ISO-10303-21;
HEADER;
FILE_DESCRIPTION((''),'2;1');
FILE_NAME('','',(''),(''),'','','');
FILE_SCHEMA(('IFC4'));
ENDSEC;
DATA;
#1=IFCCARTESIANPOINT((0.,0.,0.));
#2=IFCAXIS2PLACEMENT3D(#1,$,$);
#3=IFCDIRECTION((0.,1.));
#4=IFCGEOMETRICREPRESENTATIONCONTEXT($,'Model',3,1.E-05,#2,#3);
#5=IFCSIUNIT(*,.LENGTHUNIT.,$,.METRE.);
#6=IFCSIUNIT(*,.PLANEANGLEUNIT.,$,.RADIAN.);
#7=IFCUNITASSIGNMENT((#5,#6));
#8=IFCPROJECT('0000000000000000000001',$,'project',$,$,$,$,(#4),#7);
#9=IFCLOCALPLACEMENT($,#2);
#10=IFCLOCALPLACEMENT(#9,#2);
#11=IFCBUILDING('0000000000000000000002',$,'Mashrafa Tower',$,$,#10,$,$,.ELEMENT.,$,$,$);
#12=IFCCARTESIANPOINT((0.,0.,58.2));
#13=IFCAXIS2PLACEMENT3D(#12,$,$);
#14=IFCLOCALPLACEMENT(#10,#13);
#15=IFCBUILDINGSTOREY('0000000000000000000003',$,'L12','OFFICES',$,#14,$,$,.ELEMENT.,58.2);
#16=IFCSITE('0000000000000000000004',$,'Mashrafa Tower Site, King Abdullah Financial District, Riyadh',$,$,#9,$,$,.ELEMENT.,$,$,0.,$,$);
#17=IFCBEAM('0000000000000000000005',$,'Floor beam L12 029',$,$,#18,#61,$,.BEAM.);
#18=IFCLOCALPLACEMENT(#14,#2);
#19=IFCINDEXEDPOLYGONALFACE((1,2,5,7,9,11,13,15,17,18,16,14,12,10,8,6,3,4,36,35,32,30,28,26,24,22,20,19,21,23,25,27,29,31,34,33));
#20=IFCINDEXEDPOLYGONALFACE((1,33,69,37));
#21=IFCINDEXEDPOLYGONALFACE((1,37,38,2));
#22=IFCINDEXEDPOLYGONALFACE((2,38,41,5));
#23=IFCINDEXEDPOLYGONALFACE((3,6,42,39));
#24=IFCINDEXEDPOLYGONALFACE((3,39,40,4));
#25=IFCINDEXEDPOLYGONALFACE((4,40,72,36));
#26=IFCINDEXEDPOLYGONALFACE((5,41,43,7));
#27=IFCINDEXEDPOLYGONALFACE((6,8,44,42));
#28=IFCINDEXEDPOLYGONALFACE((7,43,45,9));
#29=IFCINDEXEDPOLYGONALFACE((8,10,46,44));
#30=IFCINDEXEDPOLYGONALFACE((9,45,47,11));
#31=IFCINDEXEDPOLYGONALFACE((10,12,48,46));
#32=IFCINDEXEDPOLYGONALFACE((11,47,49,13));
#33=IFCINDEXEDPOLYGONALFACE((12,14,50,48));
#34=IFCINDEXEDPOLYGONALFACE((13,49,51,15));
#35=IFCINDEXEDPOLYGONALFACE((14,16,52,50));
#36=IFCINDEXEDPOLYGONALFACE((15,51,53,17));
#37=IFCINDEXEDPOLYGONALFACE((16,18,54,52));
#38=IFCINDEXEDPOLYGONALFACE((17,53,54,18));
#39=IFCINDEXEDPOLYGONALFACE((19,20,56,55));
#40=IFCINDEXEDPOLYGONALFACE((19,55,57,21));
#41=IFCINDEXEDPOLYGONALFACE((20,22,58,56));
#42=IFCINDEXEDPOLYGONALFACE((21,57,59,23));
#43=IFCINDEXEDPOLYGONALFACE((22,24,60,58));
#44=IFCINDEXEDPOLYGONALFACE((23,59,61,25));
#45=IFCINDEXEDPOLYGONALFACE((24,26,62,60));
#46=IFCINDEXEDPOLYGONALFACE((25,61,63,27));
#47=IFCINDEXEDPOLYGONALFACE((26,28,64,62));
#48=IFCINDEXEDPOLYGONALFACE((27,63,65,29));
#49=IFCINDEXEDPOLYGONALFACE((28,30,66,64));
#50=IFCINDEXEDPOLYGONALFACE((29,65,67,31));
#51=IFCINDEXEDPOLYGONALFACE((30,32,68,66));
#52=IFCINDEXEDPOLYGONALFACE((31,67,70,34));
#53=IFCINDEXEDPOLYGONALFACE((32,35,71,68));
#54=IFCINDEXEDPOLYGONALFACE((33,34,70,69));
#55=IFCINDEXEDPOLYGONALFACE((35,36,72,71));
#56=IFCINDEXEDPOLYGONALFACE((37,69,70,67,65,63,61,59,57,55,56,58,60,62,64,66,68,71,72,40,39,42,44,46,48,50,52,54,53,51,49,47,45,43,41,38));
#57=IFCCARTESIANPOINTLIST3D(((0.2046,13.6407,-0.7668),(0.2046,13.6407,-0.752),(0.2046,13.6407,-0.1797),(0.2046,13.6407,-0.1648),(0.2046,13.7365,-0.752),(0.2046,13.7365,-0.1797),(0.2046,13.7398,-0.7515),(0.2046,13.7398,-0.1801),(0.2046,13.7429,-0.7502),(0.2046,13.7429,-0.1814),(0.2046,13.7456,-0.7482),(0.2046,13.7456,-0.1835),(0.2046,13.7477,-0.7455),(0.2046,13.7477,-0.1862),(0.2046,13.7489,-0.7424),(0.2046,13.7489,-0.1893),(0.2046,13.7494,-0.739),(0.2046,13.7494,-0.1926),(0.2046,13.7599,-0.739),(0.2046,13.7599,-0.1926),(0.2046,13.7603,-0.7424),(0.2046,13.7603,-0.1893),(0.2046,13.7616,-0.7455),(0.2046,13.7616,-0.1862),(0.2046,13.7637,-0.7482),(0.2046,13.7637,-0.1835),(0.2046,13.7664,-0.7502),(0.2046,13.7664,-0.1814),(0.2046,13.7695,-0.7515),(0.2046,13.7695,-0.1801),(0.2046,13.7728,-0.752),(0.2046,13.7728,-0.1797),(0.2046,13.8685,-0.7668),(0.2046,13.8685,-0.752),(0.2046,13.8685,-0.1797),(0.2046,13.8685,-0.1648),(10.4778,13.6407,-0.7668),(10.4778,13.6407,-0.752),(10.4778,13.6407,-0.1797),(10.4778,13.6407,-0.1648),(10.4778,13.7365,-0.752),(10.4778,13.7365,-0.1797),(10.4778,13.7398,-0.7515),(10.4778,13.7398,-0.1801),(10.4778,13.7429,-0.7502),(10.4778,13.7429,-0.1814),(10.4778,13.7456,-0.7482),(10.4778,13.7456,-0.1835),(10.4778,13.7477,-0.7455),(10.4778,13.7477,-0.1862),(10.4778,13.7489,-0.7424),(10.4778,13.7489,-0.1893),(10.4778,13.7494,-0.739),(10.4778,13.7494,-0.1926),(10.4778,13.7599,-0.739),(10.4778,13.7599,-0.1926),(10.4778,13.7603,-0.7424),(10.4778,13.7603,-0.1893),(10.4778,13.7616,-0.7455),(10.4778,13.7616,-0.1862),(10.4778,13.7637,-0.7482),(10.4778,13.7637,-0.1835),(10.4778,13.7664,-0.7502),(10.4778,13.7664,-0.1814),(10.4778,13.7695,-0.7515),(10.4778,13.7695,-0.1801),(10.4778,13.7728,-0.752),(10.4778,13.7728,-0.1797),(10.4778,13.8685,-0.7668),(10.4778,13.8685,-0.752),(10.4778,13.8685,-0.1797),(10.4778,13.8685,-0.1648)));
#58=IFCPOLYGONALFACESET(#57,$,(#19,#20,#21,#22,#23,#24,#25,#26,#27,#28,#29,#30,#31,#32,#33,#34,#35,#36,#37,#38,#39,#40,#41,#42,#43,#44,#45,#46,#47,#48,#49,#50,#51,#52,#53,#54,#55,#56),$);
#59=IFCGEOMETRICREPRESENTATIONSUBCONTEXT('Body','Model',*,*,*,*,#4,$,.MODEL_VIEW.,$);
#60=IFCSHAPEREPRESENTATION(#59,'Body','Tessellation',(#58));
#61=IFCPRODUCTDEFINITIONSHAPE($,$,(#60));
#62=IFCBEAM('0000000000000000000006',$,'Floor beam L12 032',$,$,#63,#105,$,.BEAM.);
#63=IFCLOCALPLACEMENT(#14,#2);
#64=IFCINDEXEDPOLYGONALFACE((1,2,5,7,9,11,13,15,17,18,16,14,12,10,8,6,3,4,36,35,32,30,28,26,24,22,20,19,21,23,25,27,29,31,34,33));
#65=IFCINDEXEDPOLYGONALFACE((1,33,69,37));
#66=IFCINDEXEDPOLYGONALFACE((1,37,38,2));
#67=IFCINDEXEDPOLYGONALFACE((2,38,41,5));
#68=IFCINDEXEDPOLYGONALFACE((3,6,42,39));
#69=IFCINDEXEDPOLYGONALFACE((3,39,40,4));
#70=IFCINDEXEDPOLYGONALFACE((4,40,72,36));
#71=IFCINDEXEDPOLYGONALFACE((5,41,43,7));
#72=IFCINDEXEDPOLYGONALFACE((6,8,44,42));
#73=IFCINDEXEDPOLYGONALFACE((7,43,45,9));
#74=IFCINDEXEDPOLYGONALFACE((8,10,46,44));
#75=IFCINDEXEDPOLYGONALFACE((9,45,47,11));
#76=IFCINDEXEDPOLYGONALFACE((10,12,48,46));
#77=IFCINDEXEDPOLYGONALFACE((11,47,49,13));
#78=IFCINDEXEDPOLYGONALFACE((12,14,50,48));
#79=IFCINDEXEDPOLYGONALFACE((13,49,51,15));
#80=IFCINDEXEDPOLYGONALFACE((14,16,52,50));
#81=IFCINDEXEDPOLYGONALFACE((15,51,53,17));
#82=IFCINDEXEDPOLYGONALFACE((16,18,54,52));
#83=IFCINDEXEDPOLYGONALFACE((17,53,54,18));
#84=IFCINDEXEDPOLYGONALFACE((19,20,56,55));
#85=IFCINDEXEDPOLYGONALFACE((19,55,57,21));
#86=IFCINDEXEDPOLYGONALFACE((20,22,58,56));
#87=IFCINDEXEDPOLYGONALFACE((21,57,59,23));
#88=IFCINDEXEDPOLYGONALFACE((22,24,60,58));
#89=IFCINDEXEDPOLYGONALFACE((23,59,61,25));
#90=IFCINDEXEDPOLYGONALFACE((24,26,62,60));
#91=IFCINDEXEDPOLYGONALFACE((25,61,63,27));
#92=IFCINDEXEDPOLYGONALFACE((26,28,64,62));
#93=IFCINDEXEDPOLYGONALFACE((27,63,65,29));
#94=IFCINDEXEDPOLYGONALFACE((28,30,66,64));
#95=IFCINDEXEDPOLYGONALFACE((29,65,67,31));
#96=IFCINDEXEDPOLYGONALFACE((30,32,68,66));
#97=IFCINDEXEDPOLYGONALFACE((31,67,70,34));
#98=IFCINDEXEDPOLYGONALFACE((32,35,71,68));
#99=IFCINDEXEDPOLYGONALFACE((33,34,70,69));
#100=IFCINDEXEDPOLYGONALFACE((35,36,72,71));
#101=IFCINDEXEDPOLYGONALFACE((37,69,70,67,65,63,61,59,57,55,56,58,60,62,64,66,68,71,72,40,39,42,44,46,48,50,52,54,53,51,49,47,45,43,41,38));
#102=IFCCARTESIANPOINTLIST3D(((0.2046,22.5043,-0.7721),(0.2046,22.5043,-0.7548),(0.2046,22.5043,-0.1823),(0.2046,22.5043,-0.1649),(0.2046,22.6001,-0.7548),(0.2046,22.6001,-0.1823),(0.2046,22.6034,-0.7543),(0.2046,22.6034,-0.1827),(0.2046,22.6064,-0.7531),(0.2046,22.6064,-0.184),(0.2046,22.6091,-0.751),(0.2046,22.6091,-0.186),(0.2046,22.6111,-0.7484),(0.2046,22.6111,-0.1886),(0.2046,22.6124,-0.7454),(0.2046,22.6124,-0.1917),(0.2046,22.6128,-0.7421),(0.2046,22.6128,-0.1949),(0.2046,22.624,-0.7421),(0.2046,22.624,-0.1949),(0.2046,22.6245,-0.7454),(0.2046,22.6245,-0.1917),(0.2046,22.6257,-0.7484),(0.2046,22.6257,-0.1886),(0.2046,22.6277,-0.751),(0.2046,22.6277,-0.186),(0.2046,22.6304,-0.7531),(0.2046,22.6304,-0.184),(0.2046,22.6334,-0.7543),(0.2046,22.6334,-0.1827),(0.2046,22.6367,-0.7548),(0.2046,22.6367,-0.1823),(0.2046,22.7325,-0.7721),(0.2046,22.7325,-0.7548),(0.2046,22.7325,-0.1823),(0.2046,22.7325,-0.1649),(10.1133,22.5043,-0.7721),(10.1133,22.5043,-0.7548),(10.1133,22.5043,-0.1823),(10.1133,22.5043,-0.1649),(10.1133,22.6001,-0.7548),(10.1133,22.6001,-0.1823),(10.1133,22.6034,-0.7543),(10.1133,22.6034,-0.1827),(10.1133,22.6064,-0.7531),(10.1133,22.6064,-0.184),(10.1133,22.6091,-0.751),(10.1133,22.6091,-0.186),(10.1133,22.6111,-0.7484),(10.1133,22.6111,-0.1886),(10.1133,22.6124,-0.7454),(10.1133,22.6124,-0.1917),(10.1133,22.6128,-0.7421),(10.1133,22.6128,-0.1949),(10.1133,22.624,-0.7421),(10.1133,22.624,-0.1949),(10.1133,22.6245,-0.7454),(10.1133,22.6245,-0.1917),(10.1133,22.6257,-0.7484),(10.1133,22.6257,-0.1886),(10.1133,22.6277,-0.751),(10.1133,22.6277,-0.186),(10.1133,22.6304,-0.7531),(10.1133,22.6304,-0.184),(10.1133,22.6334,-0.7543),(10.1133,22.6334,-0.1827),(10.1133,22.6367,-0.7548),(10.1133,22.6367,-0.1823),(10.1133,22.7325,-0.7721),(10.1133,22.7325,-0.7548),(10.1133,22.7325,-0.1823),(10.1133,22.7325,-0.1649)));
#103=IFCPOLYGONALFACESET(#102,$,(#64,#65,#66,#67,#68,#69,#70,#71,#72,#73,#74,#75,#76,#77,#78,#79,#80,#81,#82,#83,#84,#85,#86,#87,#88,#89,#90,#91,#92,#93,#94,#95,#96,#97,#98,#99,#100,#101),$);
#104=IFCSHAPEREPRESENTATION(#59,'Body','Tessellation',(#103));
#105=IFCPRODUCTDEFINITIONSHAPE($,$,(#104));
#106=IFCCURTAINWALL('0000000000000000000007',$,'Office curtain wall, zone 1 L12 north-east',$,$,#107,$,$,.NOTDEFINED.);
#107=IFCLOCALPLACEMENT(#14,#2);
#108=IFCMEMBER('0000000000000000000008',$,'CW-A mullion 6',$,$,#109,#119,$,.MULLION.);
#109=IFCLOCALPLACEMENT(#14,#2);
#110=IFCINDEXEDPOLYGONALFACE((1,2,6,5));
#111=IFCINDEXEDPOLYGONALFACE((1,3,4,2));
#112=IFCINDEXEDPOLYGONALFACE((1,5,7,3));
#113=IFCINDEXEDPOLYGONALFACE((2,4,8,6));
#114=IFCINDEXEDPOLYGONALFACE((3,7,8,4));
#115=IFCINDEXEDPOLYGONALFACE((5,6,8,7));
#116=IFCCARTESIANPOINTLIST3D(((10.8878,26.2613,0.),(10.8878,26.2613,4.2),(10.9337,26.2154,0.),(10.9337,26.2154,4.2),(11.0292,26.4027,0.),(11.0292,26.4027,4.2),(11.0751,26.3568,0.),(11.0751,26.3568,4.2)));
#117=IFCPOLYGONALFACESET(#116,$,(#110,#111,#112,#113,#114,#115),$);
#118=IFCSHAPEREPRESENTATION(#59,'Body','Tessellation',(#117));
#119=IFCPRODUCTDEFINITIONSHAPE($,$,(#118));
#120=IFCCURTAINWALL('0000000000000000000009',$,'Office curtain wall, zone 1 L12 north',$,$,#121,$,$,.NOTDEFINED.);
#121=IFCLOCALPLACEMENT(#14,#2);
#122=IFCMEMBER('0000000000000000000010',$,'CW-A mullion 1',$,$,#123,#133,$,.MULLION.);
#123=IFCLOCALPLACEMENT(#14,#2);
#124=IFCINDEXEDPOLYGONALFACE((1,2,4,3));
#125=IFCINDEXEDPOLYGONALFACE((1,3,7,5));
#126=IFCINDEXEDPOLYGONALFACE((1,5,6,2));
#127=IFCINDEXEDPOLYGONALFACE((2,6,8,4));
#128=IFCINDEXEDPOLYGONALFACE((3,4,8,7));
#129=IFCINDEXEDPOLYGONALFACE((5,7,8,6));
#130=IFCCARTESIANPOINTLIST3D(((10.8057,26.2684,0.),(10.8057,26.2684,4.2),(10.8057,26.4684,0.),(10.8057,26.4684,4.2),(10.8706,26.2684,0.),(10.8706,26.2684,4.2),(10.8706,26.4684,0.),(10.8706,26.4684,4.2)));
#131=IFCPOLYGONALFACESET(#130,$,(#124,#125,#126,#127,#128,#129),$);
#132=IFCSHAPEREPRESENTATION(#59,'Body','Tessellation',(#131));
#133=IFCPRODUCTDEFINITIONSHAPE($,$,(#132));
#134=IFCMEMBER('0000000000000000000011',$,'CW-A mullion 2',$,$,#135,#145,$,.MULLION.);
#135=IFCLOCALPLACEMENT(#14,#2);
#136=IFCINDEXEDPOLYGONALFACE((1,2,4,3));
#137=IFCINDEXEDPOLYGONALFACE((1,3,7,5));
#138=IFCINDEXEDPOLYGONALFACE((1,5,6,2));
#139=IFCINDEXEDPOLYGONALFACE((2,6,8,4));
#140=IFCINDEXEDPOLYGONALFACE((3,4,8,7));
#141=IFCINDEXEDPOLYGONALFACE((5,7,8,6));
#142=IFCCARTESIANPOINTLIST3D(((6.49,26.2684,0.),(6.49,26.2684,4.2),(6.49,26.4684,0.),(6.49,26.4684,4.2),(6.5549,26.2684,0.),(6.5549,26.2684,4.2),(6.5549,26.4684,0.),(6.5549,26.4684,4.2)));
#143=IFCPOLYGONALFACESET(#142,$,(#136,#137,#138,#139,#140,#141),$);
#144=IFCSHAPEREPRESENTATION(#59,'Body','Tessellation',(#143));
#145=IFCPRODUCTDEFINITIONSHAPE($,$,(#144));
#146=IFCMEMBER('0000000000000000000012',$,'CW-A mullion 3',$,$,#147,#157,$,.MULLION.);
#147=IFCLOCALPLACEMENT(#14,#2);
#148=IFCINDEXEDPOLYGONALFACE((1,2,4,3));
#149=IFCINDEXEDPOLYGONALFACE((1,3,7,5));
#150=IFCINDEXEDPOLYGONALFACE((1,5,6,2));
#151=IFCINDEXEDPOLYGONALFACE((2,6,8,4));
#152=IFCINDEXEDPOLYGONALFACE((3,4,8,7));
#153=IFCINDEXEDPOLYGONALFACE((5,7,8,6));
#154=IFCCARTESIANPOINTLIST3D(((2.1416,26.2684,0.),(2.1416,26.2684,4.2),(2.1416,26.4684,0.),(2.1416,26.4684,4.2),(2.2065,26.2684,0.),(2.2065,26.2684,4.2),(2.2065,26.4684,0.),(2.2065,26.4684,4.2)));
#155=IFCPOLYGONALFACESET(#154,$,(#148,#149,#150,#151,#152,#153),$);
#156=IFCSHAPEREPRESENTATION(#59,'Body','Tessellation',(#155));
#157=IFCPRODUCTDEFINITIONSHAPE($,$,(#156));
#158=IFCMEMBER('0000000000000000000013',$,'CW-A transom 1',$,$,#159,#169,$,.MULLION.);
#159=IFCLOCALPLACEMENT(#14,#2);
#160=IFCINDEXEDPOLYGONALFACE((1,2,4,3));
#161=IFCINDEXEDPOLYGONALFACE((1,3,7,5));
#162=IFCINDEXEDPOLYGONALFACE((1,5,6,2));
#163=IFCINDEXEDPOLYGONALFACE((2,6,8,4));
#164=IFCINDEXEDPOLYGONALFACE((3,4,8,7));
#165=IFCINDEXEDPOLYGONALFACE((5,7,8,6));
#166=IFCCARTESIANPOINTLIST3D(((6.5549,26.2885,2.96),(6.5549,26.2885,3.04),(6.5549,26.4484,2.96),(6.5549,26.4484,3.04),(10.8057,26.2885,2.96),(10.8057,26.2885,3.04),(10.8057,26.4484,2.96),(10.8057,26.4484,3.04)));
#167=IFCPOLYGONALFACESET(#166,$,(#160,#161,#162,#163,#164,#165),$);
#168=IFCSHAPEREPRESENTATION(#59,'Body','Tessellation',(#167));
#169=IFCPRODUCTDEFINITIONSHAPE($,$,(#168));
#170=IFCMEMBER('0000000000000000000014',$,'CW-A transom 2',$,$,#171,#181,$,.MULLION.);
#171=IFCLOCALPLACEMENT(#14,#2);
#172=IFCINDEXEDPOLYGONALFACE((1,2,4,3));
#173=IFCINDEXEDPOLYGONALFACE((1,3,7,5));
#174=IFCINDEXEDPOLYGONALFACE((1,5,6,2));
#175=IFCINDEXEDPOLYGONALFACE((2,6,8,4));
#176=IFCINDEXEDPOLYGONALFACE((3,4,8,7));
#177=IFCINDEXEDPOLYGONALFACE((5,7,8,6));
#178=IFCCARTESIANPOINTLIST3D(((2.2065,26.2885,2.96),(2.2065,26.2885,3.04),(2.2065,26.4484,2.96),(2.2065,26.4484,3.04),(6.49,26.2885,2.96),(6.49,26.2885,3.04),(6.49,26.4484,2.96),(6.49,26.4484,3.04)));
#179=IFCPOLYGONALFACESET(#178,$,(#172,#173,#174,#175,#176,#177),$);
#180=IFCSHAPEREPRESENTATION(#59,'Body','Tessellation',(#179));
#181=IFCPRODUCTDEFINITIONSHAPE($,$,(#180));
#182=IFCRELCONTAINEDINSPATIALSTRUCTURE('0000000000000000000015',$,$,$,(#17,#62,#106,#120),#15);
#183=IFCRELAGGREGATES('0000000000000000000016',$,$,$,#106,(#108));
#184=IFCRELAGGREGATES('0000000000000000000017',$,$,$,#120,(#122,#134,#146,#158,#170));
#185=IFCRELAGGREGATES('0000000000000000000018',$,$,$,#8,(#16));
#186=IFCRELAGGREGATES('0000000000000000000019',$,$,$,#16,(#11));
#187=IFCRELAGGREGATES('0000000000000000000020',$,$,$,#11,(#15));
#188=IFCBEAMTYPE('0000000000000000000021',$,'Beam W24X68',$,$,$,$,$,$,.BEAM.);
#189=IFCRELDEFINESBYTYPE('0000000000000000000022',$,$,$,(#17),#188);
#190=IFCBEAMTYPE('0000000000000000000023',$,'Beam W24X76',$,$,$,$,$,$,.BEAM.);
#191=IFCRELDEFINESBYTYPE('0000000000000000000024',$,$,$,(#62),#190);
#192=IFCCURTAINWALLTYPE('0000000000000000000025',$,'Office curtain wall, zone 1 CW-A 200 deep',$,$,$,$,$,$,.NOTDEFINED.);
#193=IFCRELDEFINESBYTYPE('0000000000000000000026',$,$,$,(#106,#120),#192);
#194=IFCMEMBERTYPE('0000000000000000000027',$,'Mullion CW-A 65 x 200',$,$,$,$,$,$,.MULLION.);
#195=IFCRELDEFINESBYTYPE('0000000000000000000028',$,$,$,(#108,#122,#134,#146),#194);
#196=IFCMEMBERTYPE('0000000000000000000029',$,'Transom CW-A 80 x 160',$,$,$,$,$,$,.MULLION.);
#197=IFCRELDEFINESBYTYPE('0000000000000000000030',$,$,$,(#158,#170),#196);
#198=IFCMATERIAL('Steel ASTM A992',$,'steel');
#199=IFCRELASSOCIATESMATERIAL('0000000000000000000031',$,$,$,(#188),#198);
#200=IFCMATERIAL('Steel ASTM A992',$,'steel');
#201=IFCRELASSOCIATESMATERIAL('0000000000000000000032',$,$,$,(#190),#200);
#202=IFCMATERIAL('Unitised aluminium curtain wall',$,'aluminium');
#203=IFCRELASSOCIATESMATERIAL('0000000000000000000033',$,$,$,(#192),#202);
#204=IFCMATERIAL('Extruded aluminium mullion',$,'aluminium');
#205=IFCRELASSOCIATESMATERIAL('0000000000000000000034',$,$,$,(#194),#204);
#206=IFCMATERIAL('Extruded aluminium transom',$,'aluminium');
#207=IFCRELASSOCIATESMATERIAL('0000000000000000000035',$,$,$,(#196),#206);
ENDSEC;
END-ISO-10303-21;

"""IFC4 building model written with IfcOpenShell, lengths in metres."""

from ifc_helpers import new_model, si_unit, direction, frame, origin, origin_2d, place, context, subcontext, project, spatial, rectangle, i_section, extrude, source, transform, mapped, material, material_profile, profile_set, type_object, type_shapes, element, aggregate, save


model = new_model("IFC4")

# Units and contexts
model_context = context("Model", 3, precision=1e-05, world=origin(), true_north=direction((0.0, 1.0)))
body_context = subcontext(model_context, "Body", "Model", "MODEL_VIEW")
ifc_project = project(units=[si_unit("LENGTHUNIT", "METRE"), si_unit("PLANEANGLEUNIT", "RADIAN")], contexts=[model_context])

# Site, building, storey
site_placement = place(None, origin())
site = spatial("IfcSite", under=ifc_project, at=site_placement, Name="Mashrafa Tower Site, King Abdullah Financial District, Riyadh", CompositionType="ELEMENT", RefElevation=0.0)
building_placement = place(site_placement, origin())
building = spatial("IfcBuilding", under=site, at=building_placement, Name="Mashrafa Tower", CompositionType="ELEMENT")
storey_placement = place(building_placement, frame((0.0, 0.0, 58.2)))
storey = spatial("IfcBuildingStorey", under=building, at=storey_placement, Name="L12", Description="OFFICES", CompositionType="ELEMENT", Elevation=58.2)

# Beams
ifc_material_1 = material(Name="Steel ASTM A992", Category="steel")
ifc_material_profile_1 = material_profile(ifc_material_1, i_section(OverallWidth=0.2278, OverallDepth=0.6021, WebThickness=0.0105, FlangeThickness=0.0149, FilletRadius=0.0129, at=origin_2d()), Name="W24X68")
ifc_profile_set_1 = profile_set([ifc_material_profile_1], Name="Steel ASTM A992")
beam_type_1 = type_object("IfcBeamType", Name="Beam W24X68", PredefinedType="BEAM", material=ifc_profile_set_1)
beam_1_placement = place(storey_placement, frame((0.2046, 13.7546, -0.4658), z_axis=(1.0, 0.0, 0.0), x_axis=(0.0, 1.0, 0.0)))
element("IfcBeam", 1, at=beam_1_placement, inside=storey, type_object=beam_type_1, Name="Floor beam L12 029", PredefinedType="BEAM", context=body_context, shape_type="SweptSolid", body=[
    extrude(i_section(OverallWidth=0.2278, OverallDepth=0.6021, WebThickness=0.0105, FlangeThickness=0.0149, FilletRadius=0.0129, at=origin_2d()), origin(), (0.0, 0.0, 1.0), 10.2732),
])
ifc_material_2 = material(Name="Steel ASTM A992", Category="steel")
ifc_material_profile_2 = material_profile(ifc_material_2, i_section(OverallWidth=0.2283, OverallDepth=0.6072, WebThickness=0.0112, FlangeThickness=0.0173, FilletRadius=0.0127, at=origin_2d()), Name="W24X76")
ifc_profile_set_2 = profile_set([ifc_material_profile_2], Name="Steel ASTM A992")
beam_type_2 = type_object("IfcBeamType", Name="Beam W24X76", PredefinedType="BEAM", material=ifc_profile_set_2)
beam_2_placement = place(storey_placement, frame((0.2046, 22.6184, -0.4685), z_axis=(1.0, 0.0, 0.0), x_axis=(0.0, 1.0, 0.0)))
element("IfcBeam", 2, at=beam_2_placement, inside=storey, type_object=beam_type_2, Name="Floor beam L12 032", PredefinedType="BEAM", context=body_context, shape_type="SweptSolid", body=[
    extrude(i_section(OverallWidth=0.2283, OverallDepth=0.6072, WebThickness=0.0112, FlangeThickness=0.0173, FilletRadius=0.0127, at=origin_2d()), origin(), (0.0, 0.0, 1.0), 9.9087),
])

# Curtain wall, member
ifc_material_3 = material(Name="Unitised aluminium curtain wall", Category="aluminium")
curtain_wall_type = type_object("IfcCurtainWallType", Name="Office curtain wall, zone 1 CW-A 200 deep", PredefinedType="NOTDEFINED", material=ifc_material_3)
curtain_wall_1_placement = place(storey_placement, origin())
curtain_wall_1 = element("IfcCurtainWall", 3, at=curtain_wall_1_placement, inside=storey, type_object=curtain_wall_type, Name="Office curtain wall, zone 1 L12 north-east", PredefinedType="NOTDEFINED")
ifc_material_4 = material(Name="Extruded aluminium mullion", Category="aluminium")
ifc_material_profile_3 = material_profile(ifc_material_4, rectangle(XDim=0.2, YDim=0.0649, at=origin_2d()), Name="Mullion 65x200")
ifc_profile_set_3 = profile_set([ifc_material_profile_3], Name="Extruded aluminium mullion")
member_type_1 = type_object("IfcMemberType", Name="Mullion CW-A 65 x 200", PredefinedType="MULLION", material=ifc_profile_set_3)
shared_shape_1 = source(origin(), body_context, "Body", "SweptSolid", [
    extrude(rectangle(XDim=0.2, YDim=0.0649, at=origin_2d()), origin(), (0.0, 0.0, 1.0), 4.2),
])
type_shapes(member_type_1, [shared_shape_1])
member_1_placement = place(storey_placement, frame((10.9814, 26.3091, 0.0), z_axis=(0.0, 0.0, 1.0), x_axis=(-0.707107, -0.707107, 0.0)))
member_1 = element("IfcMember", 4, at=member_1_placement, type_object=member_type_1, Name="CW-A mullion 6", PredefinedType="MULLION", context=body_context, shape_type="MappedRepresentation", body=[
    mapped(shared_shape_1, transform((0.0, 0.0, 0.0))),
])

# Curtain wall, members
curtain_wall_2_placement = place(storey_placement, origin())
curtain_wall_2 = element("IfcCurtainWall", 5, at=curtain_wall_2_placement, inside=storey, type_object=curtain_wall_type, Name="Office curtain wall, zone 1 L12 north", PredefinedType="NOTDEFINED")
member_2_placement = place(storey_placement, frame((10.8381, 26.3684, 0.0), z_axis=(0.0, 0.0, 1.0), x_axis=(0.0, -1.0, 0.0)))
member_2 = element("IfcMember", 6, at=member_2_placement, type_object=member_type_1, Name="CW-A mullion 1", PredefinedType="MULLION", context=body_context, shape_type="MappedRepresentation", body=[
    mapped(shared_shape_1, transform((0.0, 0.0, 0.0))),
])
member_3_placement = place(storey_placement, frame((6.5225, 26.3684, 0.0), z_axis=(0.0, 0.0, 1.0), x_axis=(0.0, -1.0, 0.0)))
member_3 = element("IfcMember", 7, at=member_3_placement, type_object=member_type_1, Name="CW-A mullion 2", PredefinedType="MULLION", context=body_context, shape_type="MappedRepresentation", body=[
    mapped(shared_shape_1, transform((0.0, 0.0, 0.0))),
])
member_4_placement = place(storey_placement, frame((2.1741, 26.3684, 0.0), z_axis=(0.0, 0.0, 1.0), x_axis=(0.0, -1.0, 0.0)))
member_4 = element("IfcMember", 8, at=member_4_placement, type_object=member_type_1, Name="CW-A mullion 3", PredefinedType="MULLION", context=body_context, shape_type="MappedRepresentation", body=[
    mapped(shared_shape_1, transform((0.0, 0.0, 0.0))),
])
ifc_material_5 = material(Name="Extruded aluminium transom", Category="aluminium")
ifc_material_profile_4 = material_profile(ifc_material_5, rectangle(XDim=0.1599, YDim=0.0801, at=origin_2d()), Name="Transom 80x160")
ifc_profile_set_4 = profile_set([ifc_material_profile_4], Name="Extruded aluminium transom")
member_type_2 = type_object("IfcMemberType", Name="Transom CW-A 80 x 160", PredefinedType="MULLION", material=ifc_profile_set_4)
shared_shape_2 = source(origin(), body_context, "Body", "SweptSolid", [
    extrude(rectangle(XDim=0.1599, YDim=0.0801, at=origin_2d()), origin(), (0.0, 0.0, 1.0), 4.2507),
])
member_5_placement = place(storey_placement, frame((10.8057, 26.3684, 3.0), z_axis=(-1.0, 0.0, 0.0), x_axis=(0.0, -1.0, 0.0)))
member_5 = element("IfcMember", 9, at=member_5_placement, type_object=member_type_2, Name="CW-A transom 1", PredefinedType="MULLION", context=body_context, shape_type="MappedRepresentation", body=[
    mapped(shared_shape_2, transform((0.0, 0.0, 0.0))),
])
shared_shape_3 = source(origin(), body_context, "Body", "SweptSolid", [
    extrude(rectangle(XDim=0.1599, YDim=0.0801, at=origin_2d()), origin(), (0.0, 0.0, 1.0), 4.2834),
])
member_6_placement = place(storey_placement, frame((6.49, 26.3684, 3.0), z_axis=(-1.0, 0.0, 0.0), x_axis=(0.0, -1.0, 0.0)))
member_6 = element("IfcMember", 10, at=member_6_placement, type_object=member_type_2, Name="CW-A transom 2", PredefinedType="MULLION", context=body_context, shape_type="MappedRepresentation", body=[
    mapped(shared_shape_3, transform((0.0, 0.0, 0.0))),
])

aggregate(curtain_wall_1, [member_1])
aggregate(curtain_wall_2, [member_2, member_3, member_4, member_5, member_6])

save(model, "model.ifc")
